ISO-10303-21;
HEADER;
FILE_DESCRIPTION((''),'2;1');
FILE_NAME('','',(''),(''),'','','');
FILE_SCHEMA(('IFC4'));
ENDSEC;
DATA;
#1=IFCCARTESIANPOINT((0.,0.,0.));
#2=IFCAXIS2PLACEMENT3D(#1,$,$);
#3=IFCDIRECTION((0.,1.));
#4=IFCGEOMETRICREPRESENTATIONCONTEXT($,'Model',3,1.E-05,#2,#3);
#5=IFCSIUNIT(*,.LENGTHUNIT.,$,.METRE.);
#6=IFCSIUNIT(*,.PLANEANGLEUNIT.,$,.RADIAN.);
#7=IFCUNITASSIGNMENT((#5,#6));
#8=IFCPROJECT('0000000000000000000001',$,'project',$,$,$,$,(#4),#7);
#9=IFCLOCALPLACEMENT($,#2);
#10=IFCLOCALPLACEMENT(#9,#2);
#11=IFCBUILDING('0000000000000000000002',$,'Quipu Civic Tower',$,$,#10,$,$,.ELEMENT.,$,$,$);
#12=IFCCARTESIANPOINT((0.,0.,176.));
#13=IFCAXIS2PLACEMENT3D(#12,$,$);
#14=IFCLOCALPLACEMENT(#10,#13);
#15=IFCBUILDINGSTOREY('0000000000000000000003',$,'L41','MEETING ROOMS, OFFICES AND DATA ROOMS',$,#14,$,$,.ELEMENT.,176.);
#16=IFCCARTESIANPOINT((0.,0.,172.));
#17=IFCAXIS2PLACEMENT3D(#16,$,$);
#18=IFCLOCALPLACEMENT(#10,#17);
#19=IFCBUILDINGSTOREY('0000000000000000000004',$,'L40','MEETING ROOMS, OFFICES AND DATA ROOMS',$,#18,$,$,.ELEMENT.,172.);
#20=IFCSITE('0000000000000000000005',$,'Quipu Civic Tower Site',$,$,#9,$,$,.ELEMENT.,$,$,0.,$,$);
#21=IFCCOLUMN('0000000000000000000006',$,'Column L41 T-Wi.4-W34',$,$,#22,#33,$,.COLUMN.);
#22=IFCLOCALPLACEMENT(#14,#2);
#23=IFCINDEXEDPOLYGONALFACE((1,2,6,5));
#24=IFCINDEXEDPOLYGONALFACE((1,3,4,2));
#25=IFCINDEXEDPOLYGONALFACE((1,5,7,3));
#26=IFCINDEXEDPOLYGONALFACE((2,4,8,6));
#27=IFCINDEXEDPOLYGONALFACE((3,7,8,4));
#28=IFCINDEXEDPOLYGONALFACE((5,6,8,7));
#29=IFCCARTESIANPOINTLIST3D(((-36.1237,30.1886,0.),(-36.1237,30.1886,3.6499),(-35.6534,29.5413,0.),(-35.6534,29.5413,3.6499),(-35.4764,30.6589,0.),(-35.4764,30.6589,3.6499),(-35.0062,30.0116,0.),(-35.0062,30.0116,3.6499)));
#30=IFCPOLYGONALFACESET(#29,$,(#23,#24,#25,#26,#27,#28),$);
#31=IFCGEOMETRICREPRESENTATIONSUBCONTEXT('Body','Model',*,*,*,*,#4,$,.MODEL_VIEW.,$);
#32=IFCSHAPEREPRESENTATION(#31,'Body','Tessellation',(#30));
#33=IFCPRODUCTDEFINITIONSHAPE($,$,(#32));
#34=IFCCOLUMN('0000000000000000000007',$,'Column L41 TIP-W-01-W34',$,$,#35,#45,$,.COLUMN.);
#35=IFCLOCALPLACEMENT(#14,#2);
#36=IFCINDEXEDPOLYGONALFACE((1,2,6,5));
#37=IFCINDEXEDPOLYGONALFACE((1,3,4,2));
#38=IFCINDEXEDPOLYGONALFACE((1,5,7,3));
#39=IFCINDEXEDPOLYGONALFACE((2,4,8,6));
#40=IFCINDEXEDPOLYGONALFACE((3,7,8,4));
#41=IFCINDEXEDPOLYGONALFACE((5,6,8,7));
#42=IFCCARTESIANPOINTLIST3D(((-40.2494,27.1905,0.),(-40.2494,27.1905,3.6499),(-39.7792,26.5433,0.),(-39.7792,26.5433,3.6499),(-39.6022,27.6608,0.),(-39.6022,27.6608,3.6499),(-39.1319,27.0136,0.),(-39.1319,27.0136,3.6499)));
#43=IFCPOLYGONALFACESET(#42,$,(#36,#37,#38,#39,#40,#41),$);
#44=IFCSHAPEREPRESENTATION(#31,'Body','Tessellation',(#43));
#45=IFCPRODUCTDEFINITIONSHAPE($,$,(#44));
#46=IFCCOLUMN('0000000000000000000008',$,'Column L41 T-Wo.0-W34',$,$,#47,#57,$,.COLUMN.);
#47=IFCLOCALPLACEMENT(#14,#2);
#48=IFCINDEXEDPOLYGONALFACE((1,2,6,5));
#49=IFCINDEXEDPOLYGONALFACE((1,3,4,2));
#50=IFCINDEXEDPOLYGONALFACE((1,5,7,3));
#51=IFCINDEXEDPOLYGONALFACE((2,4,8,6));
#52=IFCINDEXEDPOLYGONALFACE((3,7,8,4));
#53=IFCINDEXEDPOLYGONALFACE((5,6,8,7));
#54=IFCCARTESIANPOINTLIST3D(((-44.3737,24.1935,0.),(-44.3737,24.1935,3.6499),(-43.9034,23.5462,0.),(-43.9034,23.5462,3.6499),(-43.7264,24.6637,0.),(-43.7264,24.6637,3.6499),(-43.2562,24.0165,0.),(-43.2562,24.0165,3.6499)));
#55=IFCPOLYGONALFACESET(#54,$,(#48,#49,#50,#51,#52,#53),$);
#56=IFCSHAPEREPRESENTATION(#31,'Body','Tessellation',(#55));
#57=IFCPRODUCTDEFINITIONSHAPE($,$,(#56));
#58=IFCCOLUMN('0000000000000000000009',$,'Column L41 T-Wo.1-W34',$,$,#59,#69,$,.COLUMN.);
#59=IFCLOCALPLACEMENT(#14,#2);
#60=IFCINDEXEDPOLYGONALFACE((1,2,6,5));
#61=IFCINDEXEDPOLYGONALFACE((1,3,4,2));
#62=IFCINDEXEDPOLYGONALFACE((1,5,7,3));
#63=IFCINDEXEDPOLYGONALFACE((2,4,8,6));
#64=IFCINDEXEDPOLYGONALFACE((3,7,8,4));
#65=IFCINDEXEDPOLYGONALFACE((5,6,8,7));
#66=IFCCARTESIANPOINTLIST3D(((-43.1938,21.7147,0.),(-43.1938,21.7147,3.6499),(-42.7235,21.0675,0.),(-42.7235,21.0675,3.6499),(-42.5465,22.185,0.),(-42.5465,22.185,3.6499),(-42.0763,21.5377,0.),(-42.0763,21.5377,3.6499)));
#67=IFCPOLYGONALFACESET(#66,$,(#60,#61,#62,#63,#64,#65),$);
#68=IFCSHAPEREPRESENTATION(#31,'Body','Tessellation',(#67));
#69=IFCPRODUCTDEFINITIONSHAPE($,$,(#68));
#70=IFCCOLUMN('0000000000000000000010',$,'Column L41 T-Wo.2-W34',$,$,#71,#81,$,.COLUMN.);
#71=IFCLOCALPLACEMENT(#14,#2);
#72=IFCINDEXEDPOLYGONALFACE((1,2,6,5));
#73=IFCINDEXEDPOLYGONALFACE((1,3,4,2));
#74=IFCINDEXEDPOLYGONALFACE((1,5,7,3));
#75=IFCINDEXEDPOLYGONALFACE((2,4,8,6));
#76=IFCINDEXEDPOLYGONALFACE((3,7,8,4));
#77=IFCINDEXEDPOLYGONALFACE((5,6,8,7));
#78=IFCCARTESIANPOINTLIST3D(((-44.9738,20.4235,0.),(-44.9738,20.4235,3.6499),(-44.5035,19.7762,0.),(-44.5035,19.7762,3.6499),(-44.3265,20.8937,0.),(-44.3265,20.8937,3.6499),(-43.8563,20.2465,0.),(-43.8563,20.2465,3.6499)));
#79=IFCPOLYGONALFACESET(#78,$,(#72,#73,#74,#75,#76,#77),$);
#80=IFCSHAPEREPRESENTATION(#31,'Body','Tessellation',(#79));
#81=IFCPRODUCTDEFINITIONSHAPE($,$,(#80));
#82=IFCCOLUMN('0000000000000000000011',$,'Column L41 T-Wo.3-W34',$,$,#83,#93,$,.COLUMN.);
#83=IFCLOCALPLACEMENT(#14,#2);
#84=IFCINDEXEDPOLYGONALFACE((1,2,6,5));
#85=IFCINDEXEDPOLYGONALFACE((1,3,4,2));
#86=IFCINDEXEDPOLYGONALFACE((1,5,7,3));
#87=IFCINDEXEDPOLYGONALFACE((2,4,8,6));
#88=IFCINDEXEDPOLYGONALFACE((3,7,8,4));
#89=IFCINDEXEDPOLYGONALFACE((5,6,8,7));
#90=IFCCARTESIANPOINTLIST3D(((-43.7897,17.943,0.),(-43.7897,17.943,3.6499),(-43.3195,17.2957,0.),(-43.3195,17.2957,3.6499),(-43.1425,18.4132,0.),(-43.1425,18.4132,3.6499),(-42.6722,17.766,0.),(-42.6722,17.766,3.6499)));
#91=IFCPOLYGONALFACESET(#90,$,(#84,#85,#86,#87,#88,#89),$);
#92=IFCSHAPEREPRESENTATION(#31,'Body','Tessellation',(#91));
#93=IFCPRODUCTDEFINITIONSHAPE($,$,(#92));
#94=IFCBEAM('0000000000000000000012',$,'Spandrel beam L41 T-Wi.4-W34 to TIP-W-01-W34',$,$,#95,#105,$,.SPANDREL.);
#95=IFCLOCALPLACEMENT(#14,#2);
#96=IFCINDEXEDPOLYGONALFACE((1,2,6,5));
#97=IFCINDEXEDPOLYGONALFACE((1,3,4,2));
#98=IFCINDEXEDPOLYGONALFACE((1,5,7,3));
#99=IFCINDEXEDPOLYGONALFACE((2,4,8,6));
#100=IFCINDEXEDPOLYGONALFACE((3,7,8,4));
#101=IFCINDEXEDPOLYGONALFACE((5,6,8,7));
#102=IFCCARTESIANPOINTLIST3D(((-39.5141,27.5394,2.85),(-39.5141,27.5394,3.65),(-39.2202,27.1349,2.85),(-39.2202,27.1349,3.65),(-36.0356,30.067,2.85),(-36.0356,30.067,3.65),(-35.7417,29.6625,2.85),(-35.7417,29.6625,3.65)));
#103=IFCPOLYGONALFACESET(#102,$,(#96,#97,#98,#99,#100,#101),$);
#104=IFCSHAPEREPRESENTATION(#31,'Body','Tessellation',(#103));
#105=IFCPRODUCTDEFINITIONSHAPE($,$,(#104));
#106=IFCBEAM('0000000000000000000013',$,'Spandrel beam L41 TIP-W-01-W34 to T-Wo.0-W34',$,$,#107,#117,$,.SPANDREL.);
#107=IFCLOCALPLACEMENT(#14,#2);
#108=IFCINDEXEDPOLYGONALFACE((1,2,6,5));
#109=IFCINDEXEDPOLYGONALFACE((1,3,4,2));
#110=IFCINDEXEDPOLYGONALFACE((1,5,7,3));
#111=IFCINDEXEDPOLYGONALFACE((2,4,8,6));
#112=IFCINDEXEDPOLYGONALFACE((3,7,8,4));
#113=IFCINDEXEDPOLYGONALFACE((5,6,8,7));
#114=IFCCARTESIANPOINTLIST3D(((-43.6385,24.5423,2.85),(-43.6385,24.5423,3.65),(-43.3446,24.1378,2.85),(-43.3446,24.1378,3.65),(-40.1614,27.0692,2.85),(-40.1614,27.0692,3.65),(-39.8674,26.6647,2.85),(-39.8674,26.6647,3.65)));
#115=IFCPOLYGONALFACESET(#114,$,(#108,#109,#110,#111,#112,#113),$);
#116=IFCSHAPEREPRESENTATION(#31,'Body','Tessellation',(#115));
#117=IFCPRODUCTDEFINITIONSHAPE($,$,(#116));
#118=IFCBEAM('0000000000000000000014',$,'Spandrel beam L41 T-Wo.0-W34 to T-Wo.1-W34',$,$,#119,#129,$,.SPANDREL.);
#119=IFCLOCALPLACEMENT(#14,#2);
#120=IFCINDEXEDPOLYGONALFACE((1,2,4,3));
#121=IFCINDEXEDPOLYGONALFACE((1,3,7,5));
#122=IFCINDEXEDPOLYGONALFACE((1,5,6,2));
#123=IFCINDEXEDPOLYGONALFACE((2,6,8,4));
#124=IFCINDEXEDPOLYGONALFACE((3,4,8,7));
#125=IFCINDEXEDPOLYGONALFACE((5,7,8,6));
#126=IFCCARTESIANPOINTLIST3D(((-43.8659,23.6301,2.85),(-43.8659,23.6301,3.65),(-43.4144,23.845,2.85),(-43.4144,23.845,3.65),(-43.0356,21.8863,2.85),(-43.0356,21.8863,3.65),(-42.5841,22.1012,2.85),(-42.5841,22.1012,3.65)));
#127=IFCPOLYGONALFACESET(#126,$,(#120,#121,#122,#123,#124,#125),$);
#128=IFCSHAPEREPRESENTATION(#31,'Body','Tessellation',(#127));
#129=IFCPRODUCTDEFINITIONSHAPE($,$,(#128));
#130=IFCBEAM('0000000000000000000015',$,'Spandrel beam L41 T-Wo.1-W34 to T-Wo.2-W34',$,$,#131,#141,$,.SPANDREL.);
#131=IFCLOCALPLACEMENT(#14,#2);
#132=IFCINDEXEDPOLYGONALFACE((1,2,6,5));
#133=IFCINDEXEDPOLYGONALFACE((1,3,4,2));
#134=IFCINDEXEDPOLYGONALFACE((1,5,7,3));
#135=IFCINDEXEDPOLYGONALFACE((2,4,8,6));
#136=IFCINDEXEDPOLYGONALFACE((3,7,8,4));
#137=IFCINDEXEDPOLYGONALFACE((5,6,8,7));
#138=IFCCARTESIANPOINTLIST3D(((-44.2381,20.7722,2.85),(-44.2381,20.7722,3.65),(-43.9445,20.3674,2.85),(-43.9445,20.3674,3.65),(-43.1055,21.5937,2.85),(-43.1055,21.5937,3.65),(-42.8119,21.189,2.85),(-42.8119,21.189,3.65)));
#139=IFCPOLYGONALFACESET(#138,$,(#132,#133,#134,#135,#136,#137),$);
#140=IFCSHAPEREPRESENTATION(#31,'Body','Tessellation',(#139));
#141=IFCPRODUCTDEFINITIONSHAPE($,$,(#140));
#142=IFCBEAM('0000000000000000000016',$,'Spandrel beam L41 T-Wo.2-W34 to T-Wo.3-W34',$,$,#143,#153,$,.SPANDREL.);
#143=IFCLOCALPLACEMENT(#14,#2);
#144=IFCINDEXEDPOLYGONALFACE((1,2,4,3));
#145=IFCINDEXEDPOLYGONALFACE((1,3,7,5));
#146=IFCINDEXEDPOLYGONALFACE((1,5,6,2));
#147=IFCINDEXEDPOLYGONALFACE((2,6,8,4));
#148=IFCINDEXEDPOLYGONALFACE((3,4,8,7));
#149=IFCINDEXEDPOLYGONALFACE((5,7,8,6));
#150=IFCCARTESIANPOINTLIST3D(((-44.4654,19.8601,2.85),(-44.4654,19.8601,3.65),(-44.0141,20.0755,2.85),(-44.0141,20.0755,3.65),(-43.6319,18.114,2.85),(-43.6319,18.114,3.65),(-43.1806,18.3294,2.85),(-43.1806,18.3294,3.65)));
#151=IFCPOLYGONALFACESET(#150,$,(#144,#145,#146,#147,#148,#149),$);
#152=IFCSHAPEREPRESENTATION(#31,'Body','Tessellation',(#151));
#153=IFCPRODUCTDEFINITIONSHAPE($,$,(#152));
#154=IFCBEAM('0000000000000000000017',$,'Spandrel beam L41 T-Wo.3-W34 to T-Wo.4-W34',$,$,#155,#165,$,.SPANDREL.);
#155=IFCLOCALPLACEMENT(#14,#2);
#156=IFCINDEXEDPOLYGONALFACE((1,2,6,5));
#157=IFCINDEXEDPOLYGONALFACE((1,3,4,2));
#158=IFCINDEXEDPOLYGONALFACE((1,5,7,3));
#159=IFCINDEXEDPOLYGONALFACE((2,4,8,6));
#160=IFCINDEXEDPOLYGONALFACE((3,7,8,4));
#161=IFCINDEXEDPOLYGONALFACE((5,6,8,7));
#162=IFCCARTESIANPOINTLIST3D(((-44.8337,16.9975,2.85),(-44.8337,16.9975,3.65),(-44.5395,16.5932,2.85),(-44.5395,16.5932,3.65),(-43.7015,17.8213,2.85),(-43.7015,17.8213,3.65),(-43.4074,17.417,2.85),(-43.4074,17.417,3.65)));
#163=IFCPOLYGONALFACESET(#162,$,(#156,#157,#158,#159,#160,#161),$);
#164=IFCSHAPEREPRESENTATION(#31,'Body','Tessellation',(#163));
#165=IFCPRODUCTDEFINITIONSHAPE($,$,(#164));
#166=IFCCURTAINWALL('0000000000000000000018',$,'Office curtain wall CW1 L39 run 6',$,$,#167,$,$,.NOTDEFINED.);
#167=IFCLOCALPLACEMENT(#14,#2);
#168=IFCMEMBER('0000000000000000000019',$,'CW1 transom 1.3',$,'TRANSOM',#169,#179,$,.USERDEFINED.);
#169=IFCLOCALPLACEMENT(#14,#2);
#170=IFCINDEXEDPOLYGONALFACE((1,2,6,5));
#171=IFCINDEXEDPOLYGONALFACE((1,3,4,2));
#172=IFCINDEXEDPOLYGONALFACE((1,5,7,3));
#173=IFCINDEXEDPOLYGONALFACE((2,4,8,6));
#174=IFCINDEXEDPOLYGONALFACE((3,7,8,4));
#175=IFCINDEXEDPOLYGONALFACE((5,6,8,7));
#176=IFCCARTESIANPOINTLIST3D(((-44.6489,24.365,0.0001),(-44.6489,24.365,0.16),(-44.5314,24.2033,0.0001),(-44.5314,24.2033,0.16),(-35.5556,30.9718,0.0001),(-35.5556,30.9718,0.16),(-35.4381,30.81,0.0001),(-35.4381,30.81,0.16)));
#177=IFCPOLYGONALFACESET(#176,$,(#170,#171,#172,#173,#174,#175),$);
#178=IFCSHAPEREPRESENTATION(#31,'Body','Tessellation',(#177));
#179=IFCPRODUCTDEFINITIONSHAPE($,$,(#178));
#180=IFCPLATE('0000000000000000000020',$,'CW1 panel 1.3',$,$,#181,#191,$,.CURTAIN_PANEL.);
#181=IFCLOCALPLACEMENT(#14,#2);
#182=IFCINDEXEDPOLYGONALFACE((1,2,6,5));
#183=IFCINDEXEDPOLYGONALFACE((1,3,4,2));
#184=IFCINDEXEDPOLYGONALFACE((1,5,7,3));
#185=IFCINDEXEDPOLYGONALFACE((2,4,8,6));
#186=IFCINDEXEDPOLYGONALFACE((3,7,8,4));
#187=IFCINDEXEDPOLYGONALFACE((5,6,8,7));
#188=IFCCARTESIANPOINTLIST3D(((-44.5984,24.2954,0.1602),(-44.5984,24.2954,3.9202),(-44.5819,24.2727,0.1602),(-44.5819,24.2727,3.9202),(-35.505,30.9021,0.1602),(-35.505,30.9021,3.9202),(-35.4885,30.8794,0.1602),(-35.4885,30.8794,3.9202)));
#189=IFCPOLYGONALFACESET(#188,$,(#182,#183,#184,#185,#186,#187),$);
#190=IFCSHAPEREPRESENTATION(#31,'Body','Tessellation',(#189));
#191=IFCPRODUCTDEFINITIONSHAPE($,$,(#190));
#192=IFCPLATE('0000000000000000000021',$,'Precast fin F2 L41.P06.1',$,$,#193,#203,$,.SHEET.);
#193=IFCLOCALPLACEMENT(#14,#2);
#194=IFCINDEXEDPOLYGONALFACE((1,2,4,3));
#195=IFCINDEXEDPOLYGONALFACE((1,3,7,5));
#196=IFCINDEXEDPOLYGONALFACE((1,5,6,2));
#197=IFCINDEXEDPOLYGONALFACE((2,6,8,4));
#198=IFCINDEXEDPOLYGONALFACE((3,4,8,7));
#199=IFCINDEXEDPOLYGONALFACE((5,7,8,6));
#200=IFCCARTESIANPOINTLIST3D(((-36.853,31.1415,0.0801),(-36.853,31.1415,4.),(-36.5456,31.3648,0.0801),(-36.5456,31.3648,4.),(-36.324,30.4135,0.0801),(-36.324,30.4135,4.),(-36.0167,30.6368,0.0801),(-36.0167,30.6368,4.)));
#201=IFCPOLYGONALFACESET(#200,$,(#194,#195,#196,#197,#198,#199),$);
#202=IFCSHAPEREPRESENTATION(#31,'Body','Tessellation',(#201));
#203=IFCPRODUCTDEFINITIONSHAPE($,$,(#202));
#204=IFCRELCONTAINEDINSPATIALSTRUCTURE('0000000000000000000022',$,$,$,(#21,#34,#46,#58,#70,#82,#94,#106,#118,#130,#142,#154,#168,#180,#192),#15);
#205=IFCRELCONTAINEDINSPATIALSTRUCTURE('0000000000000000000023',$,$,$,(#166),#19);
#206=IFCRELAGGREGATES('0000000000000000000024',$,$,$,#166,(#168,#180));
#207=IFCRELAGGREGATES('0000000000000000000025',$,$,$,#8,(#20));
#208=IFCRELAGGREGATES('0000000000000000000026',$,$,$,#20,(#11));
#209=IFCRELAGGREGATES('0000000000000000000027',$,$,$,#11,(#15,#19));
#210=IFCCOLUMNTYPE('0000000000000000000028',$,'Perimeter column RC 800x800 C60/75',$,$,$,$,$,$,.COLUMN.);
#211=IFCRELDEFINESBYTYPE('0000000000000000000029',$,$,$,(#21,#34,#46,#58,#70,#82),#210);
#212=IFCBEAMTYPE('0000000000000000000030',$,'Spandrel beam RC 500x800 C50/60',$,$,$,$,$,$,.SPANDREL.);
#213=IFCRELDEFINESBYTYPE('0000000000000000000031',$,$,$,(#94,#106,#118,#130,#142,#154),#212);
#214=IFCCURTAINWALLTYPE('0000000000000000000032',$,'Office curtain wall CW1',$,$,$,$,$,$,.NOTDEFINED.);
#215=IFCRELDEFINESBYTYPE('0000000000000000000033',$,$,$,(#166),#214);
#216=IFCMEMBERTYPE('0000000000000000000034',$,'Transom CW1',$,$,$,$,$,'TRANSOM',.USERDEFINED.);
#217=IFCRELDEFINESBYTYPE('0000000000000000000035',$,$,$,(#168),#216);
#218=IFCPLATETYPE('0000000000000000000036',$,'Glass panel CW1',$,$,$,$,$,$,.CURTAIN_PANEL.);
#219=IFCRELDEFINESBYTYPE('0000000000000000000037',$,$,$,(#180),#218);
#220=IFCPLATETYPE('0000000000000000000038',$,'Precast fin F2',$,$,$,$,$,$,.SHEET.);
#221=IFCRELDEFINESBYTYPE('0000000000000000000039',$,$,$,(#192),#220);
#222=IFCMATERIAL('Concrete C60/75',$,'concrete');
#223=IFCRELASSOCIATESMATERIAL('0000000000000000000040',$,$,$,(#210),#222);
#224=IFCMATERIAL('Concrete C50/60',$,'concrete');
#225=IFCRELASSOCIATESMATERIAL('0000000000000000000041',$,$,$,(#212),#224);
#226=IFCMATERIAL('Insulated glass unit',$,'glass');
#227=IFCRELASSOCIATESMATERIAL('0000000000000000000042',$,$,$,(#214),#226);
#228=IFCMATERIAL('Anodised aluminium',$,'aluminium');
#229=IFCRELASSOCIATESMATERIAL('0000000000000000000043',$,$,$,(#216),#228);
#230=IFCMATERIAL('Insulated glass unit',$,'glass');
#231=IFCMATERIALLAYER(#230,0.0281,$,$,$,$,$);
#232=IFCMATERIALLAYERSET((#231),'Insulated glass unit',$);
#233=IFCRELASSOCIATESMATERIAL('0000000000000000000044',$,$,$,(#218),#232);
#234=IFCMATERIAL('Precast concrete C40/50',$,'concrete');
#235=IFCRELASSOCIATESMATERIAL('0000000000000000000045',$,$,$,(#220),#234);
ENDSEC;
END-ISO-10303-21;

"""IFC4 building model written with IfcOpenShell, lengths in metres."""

from ifc_helpers import new_model, si_unit, direction, frame, origin, origin_2d, place, context, subcontext, project, spatial, rectangle, extrude, material, layer, layer_set, material_profile, profile_set, type_object, element, aggregate, save


model = new_model("IFC4")

# Units and contexts
model_context = context("Model", 3, precision=1e-05, world=origin(), true_north=direction((0.0, 1.0)))
body_context = subcontext(model_context, "Body", "Model", "MODEL_VIEW")
ifc_project = project(units=[si_unit("LENGTHUNIT", "METRE"), si_unit("PLANEANGLEUNIT", "RADIAN")], contexts=[model_context])

# Site, building, storey
site_placement = place(None, origin())
site = spatial("IfcSite", under=ifc_project, at=site_placement, Name="Quipu Civic Tower Site", CompositionType="ELEMENT", RefElevation=0.0)
building_placement = place(site_placement, origin())
building = spatial("IfcBuilding", under=site, at=building_placement, Name="Quipu Civic Tower", CompositionType="ELEMENT")
storey_1_placement = place(building_placement, frame((0.0, 0.0, 176.0)))
storey_1 = spatial("IfcBuildingStorey", under=building, at=storey_1_placement, Name="L41", Description="MEETING ROOMS, OFFICES AND DATA ROOMS", CompositionType="ELEMENT", Elevation=176.0)

# Columns
ifc_material_1 = material(Name="Concrete C60/75", Category="concrete")
ifc_material_profile_1 = material_profile(ifc_material_1, rectangle(XDim=0.8, YDim=0.8, at=origin_2d()), Name="RC800x800")
ifc_profile_set_1 = profile_set([ifc_material_profile_1], Name="Concrete C60/75")
column_type = type_object("IfcColumnType", Name="Perimeter column RC 800x800 C60/75", PredefinedType="COLUMN", material=ifc_profile_set_1)
for number, where, z_axis, x_axis, name in (
    (1, (-35.5649, 30.1001, 0.0), (0.0, 0.0, 1.0), (-0.809017, -0.587785, 0.0), "Column L41 T-Wi.4-W34"),
    (2, (-39.6907, 27.1021, 0.0), (0.0, 0.0, 1.0), (-0.809017, -0.587785, 0.0), "Column L41 TIP-W-01-W34"),
    (3, (-43.8149, 24.105, 0.0), (0.0, 0.0, 1.0), (-0.809017, -0.587785, 0.0), "Column L41 T-Wo.0-W34"),
    (4, (-42.635, 21.6262, 0.0), (0.0, 0.0, 1.0), (-0.809017, -0.587785, 0.0), "Column L41 T-Wo.1-W34"),
    (5, (-44.415, 20.335, 0.0), (0.0, 0.0, 1.0), (0.587785, -0.809017, 0.0), "Column L41 T-Wo.2-W34"),
    (6, (-43.231, 17.8545, 0.0), (0.0, 0.0, 1.0), (0.587785, -0.809017, 0.0), "Column L41 T-Wo.3-W34"),
):
    element("IfcColumn", number, at=place(storey_1_placement, frame(where, z_axis=z_axis, x_axis=x_axis)), inside=storey_1, type_object=column_type, Name=name, PredefinedType="COLUMN", context=body_context, shape_type="SweptSolid", body=[
        extrude(rectangle(XDim=0.8, YDim=0.8, at=origin_2d()), origin(), (0.0, 0.0, 1.0), 3.6499),
    ])

# Beams
ifc_material_2 = material(Name="Concrete C50/60", Category="concrete")
ifc_material_profile_2 = material_profile(ifc_material_2, rectangle(XDim=0.5, YDim=0.8, at=origin_2d()), Name="RC500x800")
ifc_profile_set_2 = profile_set([ifc_material_profile_2], Name="Concrete C50/60")
beam_type = type_object("IfcBeamType", Name="Spandrel beam RC 500x800 C50/60", PredefinedType="SPANDREL", material=ifc_profile_set_2)
beam_1_placement = place(storey_1_placement, frame((-35.8887, 29.8647, 3.25), z_axis=(-0.808984, -0.587831, 0.0), x_axis=(0.587831, -0.808984, 0.0)))
element("IfcBeam", 7, at=beam_1_placement, inside=storey_1, type_object=beam_type, Name="Spandrel beam L41 T-Wi.4-W34 to TIP-W-01-W34", PredefinedType="SPANDREL", context=body_context, shape_type="SweptSolid", body=[
    extrude(rectangle(XDim=0.5, YDim=0.8, at=origin_2d()), origin(), (0.0, 0.0, 1.0), 4.2998),
])
beam_2_placement = place(storey_1_placement, frame((-40.0144, 26.8669, 3.25), z_axis=(-0.808947, -0.587881, 0.0), x_axis=(0.587881, -0.808947, 0.0)))
element("IfcBeam", 8, at=beam_2_placement, inside=storey_1, type_object=beam_type, Name="Spandrel beam L41 TIP-W-01-W34 to T-Wo.0-W34", PredefinedType="SPANDREL", context=body_context, shape_type="SweptSolid", body=[
    extrude(rectangle(XDim=0.5, YDim=0.8, at=origin_2d()), origin(), (0.0, 0.0, 1.0), 4.2983),
])
beam_3_placement = place(storey_1_placement, frame((-43.6401, 23.7375, 3.25), z_axis=(0.429889, -0.902882, 0.0), x_axis=(0.902882, 0.429889, 0.0)))
element("IfcBeam", 9, at=beam_3_placement, inside=storey_1, type_object=beam_type, Name="Spandrel beam L41 T-Wo.0-W34 to T-Wo.1-W34", PredefinedType="SPANDREL", context=body_context, shape_type="SweptSolid", body=[
    extrude(rectangle(XDim=0.5, YDim=0.8, at=origin_2d()), origin(), (0.0, 0.0, 1.0), 1.9314),
])
beam_4_placement = place(storey_1_placement, frame((-42.9587, 21.3914, 3.25), z_axis=(-0.809467, -0.587165, 0.0), x_axis=(0.587165, -0.809467, 0.0)))
element("IfcBeam", 10, at=beam_4_placement, inside=storey_1, type_object=beam_type, Name="Spandrel beam L41 T-Wo.1-W34 to T-Wo.2-W34", PredefinedType="SPANDREL", context=body_context, shape_type="SweptSolid", body=[
    extrude(rectangle(XDim=0.5, YDim=0.8, at=origin_2d()), origin(), (0.0, 0.0, 1.0), 1.3992),
])
beam_5_placement = place(storey_1_placement, frame((-44.2397, 19.9678, 3.25), z_axis=(0.430786, -0.902454, 0.0), x_axis=(0.902454, 0.430786, 0.0)))
element("IfcBeam", 11, at=beam_5_placement, inside=storey_1, type_object=beam_type, Name="Spandrel beam L41 T-Wo.2-W34 to T-Wo.3-W34", PredefinedType="SPANDREL", context=body_context, shape_type="SweptSolid", body=[
    extrude(rectangle(XDim=0.5, YDim=0.8, at=origin_2d()), origin(), (0.0, 0.0, 1.0), 1.9348),
])
beam_6_placement = place(storey_1_placement, frame((-43.5544, 17.6191, 3.25), z_axis=(-0.8086, -0.588358, 0.0), x_axis=(0.588358, -0.8086, 0.0)))
element("IfcBeam", 12, at=beam_6_placement, inside=storey_1, type_object=beam_type, Name="Spandrel beam L41 T-Wo.3-W34 to T-Wo.4-W34", PredefinedType="SPANDREL", context=body_context, shape_type="SweptSolid", body=[
    extrude(rectangle(XDim=0.5, YDim=0.8, at=origin_2d()), origin(), (0.0, 0.0, 1.0), 1.4001),
])

# Shared definitions
storey_2_placement = place(building_placement, frame((0.0, 0.0, 172.0)))
storey_2 = spatial("IfcBuildingStorey", under=building, at=storey_2_placement, Name="L40", Description="MEETING ROOMS, OFFICES AND DATA ROOMS", CompositionType="ELEMENT", Elevation=172.0)

# Curtain wall, member, plate
ifc_material_3 = material(Name="Insulated glass unit", Category="glass")
curtain_wall_type = type_object("IfcCurtainWallType", Name="Office curtain wall CW1", PredefinedType="NOTDEFINED", material=ifc_material_3)
curtain_wall_placement = place(storey_2_placement, origin())
curtain_wall = element("IfcCurtainWall", 13, at=curtain_wall_placement, inside=storey_2, type_object=curtain_wall_type, Name="Office curtain wall CW1 L39 run 6", PredefinedType="NOTDEFINED")
ifc_material_4 = material(Name="Anodised aluminium", Category="aluminium")
ifc_material_profile_3 = material_profile(ifc_material_4, rectangle(XDim=0.2, YDim=0.1599, at=origin_2d()), Name="RECT 200x160")
ifc_profile_set_3 = profile_set([ifc_material_profile_3], Name="Anodised aluminium")
member_type = type_object("IfcMemberType", Name="Transom CW1", ElementType="TRANSOM", PredefinedType="USERDEFINED", material=ifc_profile_set_3)
member_placement = place(storey_1_placement, frame((-35.4968, 30.8909, 0.0801), z_axis=(-0.809015, -0.587788, 0.0), x_axis=(0.587788, -0.809015, 0.0)))
member = element("IfcMember", 14, at=member_placement, inside=storey_1, type_object=member_type, Name="CW1 transom 1.3", ObjectType="TRANSOM", PredefinedType="USERDEFINED", context=body_context, shape_type="SweptSolid", body=[
    extrude(rectangle(XDim=0.2, YDim=0.1599, at=origin_2d()), origin(), (0.0, 0.0, 1.0), 11.24),
])
ifc_material_5 = material(Name="Insulated glass unit", Category="glass")
ifc_layer = layer(ifc_material_5, 0.0281)
ifc_layer_set = layer_set([ifc_layer], Name="Insulated glass unit")
plate_type_1 = type_object("IfcPlateType", Name="Glass panel CW1", PredefinedType="CURTAIN_PANEL", material=ifc_layer_set)
plate_placement = place(storey_1_placement, frame((-40.0435, 27.5874, 0.1602), z_axis=(0.0, 0.0, 1.0), x_axis=(-0.809015, -0.587788, 0.0)))
plate = element("IfcPlate", 15, at=plate_placement, inside=storey_1, type_object=plate_type_1, Name="CW1 panel 1.3", PredefinedType="CURTAIN_PANEL", context=body_context, shape_type="SweptSolid", body=[
    extrude(rectangle(XDim=11.24, YDim=0.0281, at=origin_2d()), origin(), (0.0, 0.0, 1.0), 3.76),
])
aggregate(curtain_wall, [member, plate])

# Plate
ifc_material_6 = material(Name="Precast concrete C40/50", Category="concrete")
plate_type_2 = type_object("IfcPlateType", Name="Precast fin F2", PredefinedType="SHEET", material=ifc_material_6)
for number, where, z_axis, x_axis, name in (
    (16, (-36.4348, 30.8892, 0.0801), (0.0, 0.0, 1.0), (-0.809017, -0.587785, 0.0), "Precast fin F2 L41.P06.1"),
):
    element("IfcPlate", number, at=place(storey_1_placement, frame(where, z_axis=z_axis, x_axis=x_axis)), inside=storey_1, type_object=plate_type_2, Name=name, PredefinedType="SHEET", context=body_context, shape_type="SweptSolid", body=[
        extrude(rectangle(XDim=0.3799, YDim=0.8999, at=origin_2d()), origin(), (0.0, 0.0, 1.0), 3.9199),
    ])

save(model, "model.ifc")
